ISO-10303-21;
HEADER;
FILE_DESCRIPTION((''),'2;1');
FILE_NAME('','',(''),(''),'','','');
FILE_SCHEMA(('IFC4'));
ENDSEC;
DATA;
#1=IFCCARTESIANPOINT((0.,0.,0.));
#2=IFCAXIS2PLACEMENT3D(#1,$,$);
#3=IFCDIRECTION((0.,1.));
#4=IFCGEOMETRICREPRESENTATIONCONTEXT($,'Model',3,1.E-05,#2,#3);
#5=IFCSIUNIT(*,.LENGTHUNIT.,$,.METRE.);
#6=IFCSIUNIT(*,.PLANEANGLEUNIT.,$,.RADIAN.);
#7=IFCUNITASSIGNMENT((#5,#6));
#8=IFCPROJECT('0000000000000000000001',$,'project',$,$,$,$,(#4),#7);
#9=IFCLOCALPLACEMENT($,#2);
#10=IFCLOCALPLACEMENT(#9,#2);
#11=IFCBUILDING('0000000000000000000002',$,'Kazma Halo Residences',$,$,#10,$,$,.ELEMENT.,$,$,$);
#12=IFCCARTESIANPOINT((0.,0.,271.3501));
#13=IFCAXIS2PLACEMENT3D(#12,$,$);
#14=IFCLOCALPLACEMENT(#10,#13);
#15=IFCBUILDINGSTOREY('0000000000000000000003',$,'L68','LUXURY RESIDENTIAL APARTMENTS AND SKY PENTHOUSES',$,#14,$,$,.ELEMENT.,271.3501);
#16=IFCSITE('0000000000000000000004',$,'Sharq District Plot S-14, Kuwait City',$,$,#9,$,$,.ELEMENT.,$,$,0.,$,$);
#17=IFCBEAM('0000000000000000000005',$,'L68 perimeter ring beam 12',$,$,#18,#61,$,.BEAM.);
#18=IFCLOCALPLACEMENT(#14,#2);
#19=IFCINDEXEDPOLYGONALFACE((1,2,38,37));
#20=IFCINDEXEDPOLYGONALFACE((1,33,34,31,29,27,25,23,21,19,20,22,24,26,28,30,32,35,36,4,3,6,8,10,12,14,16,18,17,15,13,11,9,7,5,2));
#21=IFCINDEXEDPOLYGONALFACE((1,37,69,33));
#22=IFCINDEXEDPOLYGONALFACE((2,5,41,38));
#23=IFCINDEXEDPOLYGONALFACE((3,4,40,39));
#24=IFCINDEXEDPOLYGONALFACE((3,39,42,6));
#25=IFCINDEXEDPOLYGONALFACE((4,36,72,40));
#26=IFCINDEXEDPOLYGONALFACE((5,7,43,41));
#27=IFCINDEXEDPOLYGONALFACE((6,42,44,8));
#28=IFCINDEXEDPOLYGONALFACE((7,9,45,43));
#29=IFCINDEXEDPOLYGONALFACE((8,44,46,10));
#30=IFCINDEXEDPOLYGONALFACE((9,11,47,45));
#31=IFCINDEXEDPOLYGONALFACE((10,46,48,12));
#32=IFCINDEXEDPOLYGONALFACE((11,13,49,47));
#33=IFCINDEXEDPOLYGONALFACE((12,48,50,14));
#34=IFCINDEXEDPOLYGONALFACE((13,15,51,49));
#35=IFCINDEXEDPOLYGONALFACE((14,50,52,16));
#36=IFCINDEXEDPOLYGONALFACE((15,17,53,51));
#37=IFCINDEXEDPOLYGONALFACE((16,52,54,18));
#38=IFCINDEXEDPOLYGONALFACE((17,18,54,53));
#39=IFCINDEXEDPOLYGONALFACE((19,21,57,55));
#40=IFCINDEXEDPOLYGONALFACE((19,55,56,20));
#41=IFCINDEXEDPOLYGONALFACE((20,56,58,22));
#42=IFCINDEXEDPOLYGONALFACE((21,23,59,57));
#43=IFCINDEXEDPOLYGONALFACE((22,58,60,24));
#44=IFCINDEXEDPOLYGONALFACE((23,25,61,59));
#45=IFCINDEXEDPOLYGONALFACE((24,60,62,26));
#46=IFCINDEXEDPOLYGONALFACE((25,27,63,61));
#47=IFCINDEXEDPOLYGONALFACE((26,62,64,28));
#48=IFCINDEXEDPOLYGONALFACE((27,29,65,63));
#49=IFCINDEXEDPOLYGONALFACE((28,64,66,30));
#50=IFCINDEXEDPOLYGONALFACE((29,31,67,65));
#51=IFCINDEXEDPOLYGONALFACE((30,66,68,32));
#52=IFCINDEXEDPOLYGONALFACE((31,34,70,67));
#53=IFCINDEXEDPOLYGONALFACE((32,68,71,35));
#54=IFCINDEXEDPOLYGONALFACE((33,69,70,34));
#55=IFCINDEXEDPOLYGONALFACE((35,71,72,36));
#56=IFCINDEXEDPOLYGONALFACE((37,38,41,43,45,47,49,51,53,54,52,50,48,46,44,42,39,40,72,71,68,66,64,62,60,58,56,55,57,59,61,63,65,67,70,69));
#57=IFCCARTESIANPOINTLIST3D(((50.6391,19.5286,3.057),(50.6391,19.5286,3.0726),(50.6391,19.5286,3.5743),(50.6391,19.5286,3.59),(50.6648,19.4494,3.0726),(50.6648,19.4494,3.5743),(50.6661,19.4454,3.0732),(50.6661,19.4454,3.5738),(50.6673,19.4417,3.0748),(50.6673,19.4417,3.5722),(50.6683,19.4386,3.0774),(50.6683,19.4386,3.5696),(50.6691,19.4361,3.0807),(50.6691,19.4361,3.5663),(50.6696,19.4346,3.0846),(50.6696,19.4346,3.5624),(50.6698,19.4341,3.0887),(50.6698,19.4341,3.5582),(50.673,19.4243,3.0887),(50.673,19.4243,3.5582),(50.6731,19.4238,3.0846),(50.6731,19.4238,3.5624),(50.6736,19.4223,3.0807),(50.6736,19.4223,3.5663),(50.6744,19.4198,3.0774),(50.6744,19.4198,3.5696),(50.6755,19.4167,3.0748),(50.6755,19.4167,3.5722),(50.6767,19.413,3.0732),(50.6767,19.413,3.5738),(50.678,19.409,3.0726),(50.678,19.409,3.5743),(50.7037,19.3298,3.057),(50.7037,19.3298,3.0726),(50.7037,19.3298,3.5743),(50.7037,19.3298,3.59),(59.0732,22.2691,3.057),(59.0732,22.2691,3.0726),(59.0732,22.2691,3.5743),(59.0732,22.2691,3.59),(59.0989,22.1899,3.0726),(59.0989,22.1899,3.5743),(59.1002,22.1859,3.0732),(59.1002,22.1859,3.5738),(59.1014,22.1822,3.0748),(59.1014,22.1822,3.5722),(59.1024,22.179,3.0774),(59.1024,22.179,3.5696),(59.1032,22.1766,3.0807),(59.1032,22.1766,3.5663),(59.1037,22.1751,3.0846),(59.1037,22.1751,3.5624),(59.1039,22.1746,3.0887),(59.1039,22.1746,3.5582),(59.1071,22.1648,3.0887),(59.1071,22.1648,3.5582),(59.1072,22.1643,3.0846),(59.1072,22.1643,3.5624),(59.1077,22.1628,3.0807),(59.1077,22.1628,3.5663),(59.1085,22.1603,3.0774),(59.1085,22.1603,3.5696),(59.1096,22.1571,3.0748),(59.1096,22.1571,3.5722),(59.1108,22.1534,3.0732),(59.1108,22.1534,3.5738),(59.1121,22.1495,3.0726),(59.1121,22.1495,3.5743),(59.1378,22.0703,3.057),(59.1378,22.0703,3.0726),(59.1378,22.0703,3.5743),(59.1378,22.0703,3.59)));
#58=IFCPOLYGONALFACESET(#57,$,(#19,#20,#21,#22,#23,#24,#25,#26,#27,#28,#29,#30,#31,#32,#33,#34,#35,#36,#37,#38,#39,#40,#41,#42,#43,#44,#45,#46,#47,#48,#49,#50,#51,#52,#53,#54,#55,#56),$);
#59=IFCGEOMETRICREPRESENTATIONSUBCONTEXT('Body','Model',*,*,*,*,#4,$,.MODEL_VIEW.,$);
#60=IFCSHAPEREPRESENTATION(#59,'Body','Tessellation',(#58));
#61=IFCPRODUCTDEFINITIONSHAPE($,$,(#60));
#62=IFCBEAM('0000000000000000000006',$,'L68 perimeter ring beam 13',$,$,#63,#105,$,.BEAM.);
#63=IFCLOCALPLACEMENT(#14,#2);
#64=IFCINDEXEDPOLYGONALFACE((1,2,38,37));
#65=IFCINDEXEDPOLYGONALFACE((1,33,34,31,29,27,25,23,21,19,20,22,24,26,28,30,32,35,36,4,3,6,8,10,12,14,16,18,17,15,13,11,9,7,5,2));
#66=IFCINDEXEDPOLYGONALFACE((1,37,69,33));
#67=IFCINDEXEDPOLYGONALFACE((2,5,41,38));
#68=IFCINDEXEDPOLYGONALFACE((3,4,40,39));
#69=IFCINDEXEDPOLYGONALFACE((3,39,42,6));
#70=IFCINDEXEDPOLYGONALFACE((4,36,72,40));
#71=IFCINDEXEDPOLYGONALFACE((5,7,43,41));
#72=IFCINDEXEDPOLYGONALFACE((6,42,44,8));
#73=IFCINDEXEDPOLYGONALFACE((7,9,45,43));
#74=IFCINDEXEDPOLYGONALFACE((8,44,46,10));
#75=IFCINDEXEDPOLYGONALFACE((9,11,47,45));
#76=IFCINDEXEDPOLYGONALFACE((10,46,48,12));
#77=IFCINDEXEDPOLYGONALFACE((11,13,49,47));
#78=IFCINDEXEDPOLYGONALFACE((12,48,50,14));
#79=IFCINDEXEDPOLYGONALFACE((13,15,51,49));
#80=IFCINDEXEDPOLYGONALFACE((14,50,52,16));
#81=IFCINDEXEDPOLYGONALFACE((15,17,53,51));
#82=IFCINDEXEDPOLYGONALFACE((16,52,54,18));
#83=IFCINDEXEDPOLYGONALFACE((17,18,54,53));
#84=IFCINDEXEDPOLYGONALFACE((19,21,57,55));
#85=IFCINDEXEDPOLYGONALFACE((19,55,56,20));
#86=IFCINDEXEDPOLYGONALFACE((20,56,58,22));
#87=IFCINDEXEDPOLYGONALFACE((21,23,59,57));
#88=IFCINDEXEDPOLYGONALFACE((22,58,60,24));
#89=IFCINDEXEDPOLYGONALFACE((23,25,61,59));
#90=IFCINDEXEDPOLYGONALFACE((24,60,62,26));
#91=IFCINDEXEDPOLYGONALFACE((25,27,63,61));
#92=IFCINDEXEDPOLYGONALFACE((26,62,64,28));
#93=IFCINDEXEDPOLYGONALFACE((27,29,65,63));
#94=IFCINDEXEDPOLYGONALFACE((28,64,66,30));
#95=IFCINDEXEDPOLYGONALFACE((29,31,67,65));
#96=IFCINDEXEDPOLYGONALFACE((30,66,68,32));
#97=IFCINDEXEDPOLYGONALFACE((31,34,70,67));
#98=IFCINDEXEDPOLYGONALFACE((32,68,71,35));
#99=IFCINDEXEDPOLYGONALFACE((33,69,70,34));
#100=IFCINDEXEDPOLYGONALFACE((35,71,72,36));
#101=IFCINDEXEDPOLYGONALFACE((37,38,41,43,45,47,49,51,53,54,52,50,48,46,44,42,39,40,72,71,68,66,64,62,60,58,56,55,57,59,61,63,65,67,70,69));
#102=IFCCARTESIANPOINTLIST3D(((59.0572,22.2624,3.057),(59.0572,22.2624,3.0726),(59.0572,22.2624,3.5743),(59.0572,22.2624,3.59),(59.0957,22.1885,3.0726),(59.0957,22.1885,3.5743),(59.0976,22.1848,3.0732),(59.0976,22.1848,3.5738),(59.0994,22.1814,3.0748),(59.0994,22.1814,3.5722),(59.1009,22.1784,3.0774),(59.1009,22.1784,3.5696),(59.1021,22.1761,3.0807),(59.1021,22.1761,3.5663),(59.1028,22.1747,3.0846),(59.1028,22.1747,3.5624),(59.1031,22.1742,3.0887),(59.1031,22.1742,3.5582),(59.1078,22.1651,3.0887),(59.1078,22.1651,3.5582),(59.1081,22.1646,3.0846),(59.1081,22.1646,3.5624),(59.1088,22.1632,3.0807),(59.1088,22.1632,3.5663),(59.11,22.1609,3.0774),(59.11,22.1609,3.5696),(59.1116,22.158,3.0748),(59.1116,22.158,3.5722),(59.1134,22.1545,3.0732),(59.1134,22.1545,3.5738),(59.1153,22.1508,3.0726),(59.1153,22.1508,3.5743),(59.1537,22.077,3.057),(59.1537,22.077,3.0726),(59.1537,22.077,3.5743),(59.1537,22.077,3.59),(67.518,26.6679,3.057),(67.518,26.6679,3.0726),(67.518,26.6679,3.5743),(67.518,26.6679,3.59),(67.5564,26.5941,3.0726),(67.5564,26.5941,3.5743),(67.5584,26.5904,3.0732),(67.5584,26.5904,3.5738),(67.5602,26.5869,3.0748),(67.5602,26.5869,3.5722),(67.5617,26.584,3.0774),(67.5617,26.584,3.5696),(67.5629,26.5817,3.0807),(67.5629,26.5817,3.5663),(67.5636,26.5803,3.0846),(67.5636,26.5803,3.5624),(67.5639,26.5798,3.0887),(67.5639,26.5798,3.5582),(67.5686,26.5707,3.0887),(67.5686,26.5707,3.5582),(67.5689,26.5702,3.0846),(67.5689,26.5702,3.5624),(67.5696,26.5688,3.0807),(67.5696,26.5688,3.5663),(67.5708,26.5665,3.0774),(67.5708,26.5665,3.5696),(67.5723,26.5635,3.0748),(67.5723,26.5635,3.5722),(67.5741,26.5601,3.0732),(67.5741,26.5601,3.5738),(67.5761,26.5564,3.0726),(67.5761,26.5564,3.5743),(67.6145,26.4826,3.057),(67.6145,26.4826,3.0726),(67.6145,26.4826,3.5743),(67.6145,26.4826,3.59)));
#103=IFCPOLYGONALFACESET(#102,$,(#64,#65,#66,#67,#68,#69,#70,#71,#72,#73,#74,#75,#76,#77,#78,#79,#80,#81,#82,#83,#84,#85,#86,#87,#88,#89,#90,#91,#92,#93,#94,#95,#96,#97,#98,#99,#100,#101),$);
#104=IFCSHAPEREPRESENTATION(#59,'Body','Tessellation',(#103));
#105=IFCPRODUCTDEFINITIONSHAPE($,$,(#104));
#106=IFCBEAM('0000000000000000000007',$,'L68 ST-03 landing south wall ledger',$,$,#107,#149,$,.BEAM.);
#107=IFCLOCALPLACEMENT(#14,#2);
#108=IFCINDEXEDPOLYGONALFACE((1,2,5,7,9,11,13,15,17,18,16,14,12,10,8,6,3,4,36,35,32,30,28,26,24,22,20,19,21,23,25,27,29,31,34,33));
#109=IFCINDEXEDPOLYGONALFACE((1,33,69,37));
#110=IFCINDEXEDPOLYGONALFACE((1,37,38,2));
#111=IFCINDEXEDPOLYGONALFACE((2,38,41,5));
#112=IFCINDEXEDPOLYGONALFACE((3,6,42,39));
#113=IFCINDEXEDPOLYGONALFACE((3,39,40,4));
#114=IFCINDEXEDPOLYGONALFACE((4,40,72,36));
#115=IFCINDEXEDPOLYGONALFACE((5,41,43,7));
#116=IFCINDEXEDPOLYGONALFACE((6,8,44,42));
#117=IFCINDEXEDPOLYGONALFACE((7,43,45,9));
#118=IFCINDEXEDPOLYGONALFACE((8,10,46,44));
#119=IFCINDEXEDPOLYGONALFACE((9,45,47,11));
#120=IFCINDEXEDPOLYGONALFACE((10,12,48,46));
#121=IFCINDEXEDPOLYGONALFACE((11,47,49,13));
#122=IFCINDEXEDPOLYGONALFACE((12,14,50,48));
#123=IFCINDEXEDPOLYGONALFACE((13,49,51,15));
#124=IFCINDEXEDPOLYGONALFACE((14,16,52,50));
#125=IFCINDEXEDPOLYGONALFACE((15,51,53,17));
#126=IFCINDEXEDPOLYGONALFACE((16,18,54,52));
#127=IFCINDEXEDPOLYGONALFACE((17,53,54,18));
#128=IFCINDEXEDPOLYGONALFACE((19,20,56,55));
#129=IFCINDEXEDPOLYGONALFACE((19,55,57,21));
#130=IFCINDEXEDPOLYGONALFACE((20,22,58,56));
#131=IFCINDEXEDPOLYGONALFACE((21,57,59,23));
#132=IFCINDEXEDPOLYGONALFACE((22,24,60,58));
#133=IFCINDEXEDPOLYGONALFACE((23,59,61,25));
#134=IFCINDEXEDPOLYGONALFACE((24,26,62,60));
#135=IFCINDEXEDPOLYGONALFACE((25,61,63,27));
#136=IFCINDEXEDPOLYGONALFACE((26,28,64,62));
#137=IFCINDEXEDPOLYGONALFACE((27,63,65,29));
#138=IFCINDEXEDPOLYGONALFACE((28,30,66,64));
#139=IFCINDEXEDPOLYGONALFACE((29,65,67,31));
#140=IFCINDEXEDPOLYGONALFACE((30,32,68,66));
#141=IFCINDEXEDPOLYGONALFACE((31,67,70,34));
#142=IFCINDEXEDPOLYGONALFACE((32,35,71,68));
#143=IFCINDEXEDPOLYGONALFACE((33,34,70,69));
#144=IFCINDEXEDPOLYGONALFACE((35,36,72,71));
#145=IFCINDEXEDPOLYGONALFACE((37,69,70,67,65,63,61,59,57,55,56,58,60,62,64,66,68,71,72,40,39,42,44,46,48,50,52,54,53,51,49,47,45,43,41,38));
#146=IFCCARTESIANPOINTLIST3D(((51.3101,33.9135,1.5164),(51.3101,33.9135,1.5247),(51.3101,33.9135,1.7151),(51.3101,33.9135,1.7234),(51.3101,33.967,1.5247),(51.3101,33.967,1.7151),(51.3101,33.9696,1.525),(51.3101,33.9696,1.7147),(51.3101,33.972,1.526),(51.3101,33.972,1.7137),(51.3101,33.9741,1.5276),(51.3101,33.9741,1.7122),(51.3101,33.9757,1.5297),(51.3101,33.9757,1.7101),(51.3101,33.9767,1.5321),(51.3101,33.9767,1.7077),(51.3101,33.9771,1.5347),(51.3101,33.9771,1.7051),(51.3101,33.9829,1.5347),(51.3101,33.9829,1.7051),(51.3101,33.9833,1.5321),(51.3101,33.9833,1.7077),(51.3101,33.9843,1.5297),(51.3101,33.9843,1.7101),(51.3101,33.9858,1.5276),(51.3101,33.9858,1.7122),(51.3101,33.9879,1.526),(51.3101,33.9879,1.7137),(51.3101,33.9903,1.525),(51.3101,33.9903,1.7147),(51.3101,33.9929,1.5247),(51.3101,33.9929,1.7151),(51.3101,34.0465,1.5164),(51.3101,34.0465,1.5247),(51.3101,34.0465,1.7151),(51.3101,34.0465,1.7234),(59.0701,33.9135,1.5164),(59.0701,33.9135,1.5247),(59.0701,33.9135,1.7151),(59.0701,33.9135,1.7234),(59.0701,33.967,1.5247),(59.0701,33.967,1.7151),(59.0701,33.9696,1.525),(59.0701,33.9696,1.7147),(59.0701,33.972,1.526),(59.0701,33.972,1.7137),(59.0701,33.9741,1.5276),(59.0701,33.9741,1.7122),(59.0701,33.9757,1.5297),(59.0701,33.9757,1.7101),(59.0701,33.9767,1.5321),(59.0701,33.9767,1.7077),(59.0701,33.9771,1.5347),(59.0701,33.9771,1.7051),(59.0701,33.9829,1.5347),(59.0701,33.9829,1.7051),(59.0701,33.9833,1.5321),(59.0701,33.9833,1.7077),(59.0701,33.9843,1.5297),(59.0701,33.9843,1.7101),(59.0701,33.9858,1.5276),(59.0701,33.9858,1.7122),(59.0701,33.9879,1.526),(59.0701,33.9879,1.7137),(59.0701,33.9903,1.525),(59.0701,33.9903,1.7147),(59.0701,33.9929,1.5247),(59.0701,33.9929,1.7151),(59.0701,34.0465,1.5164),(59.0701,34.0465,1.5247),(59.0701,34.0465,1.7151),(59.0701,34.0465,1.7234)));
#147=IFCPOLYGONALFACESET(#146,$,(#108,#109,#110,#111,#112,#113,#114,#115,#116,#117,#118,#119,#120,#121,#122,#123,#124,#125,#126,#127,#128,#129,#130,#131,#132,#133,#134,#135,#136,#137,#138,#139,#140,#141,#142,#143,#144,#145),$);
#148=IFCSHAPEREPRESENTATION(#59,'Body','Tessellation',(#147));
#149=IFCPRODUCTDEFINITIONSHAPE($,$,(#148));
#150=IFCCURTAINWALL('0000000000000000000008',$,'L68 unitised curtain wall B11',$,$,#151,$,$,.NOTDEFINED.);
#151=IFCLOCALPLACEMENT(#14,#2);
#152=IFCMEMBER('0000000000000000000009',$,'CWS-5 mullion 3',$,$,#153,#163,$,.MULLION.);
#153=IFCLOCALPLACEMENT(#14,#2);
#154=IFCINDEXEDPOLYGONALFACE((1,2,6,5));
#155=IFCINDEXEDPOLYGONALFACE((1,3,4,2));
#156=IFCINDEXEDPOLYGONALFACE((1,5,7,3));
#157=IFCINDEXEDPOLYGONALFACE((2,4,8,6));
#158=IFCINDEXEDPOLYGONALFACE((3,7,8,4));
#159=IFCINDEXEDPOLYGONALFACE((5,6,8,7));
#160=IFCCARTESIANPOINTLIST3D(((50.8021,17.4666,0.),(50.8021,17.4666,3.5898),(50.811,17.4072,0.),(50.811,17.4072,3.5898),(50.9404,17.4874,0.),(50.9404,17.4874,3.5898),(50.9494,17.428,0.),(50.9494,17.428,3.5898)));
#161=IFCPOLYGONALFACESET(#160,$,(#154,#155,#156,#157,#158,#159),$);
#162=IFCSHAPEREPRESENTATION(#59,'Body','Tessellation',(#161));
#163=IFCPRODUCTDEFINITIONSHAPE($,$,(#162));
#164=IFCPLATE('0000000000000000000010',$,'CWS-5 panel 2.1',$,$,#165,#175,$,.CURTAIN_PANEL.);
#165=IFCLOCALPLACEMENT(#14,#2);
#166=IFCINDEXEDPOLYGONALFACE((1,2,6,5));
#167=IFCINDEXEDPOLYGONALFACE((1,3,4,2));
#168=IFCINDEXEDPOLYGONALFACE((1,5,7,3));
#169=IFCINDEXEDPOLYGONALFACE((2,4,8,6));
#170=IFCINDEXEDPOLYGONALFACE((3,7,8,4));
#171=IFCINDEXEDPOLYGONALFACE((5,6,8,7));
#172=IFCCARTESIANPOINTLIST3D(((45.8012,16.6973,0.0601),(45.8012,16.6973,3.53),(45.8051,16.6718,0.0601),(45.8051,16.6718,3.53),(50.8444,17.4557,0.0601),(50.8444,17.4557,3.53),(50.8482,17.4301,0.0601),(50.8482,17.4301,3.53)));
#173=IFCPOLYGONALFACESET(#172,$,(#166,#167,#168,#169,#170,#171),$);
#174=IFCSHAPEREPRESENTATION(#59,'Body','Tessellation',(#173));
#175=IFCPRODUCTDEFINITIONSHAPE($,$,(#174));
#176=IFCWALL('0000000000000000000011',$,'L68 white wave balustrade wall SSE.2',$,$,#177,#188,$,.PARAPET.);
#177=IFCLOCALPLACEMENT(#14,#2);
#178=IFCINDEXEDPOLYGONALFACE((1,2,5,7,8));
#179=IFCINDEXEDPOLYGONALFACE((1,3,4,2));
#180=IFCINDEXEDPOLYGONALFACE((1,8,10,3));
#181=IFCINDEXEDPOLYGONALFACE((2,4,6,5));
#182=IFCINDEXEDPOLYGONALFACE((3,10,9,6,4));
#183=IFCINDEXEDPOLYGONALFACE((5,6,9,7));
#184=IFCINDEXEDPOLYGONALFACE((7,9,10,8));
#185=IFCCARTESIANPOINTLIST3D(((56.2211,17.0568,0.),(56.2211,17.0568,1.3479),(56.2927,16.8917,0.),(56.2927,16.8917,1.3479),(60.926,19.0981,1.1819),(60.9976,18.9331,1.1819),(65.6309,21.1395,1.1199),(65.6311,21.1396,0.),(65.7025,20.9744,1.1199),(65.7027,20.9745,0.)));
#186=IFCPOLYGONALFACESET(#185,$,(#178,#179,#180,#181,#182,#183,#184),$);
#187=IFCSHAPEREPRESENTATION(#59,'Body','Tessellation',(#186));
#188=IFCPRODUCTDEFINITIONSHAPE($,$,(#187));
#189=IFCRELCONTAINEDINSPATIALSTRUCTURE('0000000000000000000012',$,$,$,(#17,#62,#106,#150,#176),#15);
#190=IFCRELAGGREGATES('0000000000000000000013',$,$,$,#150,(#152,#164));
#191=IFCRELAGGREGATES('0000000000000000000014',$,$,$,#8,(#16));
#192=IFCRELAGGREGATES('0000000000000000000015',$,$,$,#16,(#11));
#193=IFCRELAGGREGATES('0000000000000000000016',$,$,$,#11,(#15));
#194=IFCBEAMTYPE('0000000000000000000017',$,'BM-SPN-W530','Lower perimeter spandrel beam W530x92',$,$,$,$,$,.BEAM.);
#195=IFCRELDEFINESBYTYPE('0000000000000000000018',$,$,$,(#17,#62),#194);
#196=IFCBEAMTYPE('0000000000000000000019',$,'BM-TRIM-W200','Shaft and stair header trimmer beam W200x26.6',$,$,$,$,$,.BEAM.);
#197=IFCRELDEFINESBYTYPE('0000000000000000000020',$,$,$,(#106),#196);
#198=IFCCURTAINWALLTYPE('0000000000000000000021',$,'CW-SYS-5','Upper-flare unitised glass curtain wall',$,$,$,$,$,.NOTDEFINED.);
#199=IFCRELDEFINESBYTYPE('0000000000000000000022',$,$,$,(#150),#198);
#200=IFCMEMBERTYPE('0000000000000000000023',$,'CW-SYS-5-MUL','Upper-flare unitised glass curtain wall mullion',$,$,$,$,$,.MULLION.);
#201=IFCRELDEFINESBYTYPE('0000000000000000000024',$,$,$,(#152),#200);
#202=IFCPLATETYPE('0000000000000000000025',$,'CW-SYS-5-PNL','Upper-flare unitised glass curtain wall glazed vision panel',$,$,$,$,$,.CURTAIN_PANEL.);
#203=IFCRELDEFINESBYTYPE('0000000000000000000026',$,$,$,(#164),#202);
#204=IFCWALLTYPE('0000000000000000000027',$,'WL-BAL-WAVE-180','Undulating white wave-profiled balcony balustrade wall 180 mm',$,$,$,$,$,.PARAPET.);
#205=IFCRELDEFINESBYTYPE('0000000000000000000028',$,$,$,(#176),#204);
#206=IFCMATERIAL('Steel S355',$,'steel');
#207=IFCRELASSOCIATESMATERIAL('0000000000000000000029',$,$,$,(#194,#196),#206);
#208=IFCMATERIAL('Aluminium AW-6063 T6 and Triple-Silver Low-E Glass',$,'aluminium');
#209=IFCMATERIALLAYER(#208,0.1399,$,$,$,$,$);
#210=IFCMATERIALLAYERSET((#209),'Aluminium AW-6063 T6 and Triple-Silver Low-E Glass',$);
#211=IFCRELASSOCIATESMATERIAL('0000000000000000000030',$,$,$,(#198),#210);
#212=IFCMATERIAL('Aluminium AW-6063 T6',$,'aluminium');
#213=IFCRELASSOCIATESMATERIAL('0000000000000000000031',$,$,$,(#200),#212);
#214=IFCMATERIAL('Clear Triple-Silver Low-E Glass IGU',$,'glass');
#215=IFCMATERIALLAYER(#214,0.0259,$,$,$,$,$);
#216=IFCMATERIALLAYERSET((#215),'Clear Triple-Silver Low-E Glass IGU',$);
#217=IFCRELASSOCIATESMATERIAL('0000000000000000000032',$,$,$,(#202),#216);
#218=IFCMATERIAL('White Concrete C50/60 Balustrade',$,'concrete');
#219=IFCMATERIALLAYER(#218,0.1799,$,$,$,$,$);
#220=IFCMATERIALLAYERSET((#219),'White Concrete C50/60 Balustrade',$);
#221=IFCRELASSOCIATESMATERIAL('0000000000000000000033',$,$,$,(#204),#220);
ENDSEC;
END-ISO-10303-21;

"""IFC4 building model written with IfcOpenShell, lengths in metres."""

from ifc_helpers import new_model, si_unit, direction, frame, origin, origin_2d, place, context, subcontext, project, spatial, polyline, rectangle, i_section, outline, extrude, material, layer, layer_set, material_profile, profile_set, type_object, element, aggregate, save


model = new_model("IFC4")

# Units and contexts
model_context = context("Model", 3, precision=1e-05, world=origin(), true_north=direction((0.0, 1.0)))
body_context = subcontext(model_context, "Body", "Model", "MODEL_VIEW")
ifc_project = project(units=[si_unit("LENGTHUNIT", "METRE"), si_unit("PLANEANGLEUNIT", "RADIAN")], contexts=[model_context])

# Site, building, storey
site_placement = place(None, origin())
site = spatial("IfcSite", under=ifc_project, at=site_placement, Name="Sharq District Plot S-14, Kuwait City", CompositionType="ELEMENT", RefElevation=0.0)
building_placement = place(site_placement, origin())
building = spatial("IfcBuilding", under=site, at=building_placement, Name="Kazma Halo Residences", CompositionType="ELEMENT")
storey_placement = place(building_placement, frame((0.0, 0.0, 271.3501)))
storey = spatial("IfcBuildingStorey", under=building, at=storey_placement, Name="L68", Description="LUXURY RESIDENTIAL APARTMENTS AND SKY PENTHOUSES", CompositionType="ELEMENT", Elevation=271.3501)

# Beams
ifc_material_1 = material(Name="Steel S355", Category="steel")
ifc_material_profile_1 = material_profile(ifc_material_1, i_section(OverallWidth=0.209, OverallDepth=0.533, WebThickness=0.0103, FlangeThickness=0.0156, FilletRadius=0.0161, at=origin_2d()), Name="W530x92")
ifc_profile_set_1 = profile_set([ifc_material_profile_1], Name="Steel S355")
beam_type_1 = type_object("IfcBeamType", Name="BM-SPN-W530", Description="Lower perimeter spandrel beam W530x92", PredefinedType="BEAM", material=ifc_profile_set_1)
beam_1_placement = place(storey_placement, frame((50.6714, 19.4292, 3.3235), z_axis=(0.951054, 0.309025, 0.0), x_axis=(-0.309025, 0.951054, 0.0)))
element("IfcBeam", 1, at=beam_1_placement, inside=storey, type_object=beam_type_1, Name="L68 perimeter ring beam 12", PredefinedType="BEAM", context=body_context, shape_type="SweptSolid", body=[
    extrude(i_section(OverallWidth=0.209, OverallDepth=0.533, WebThickness=0.0103, FlangeThickness=0.0156, FilletRadius=0.0161, at=origin_2d()), origin(), (0.0, 0.0, 1.0), 8.8682),
])
beam_2_placement = place(storey_placement, frame((59.1055, 22.1697, 3.3235), z_axis=(0.886961, 0.461844, 0.0), x_axis=(-0.461844, 0.886961, 0.0)))
element("IfcBeam", 2, at=beam_2_placement, inside=storey, type_object=beam_type_1, Name="L68 perimeter ring beam 13", PredefinedType="BEAM", context=body_context, shape_type="SweptSolid", body=[
    extrude(i_section(OverallWidth=0.209, OverallDepth=0.533, WebThickness=0.0103, FlangeThickness=0.0156, FilletRadius=0.0161, at=origin_2d()), origin(), (0.0, 0.0, 1.0), 9.5391),
])
ifc_material_profile_2 = material_profile(ifc_material_1, i_section(OverallWidth=0.1331, OverallDepth=0.207, WebThickness=0.0059, FlangeThickness=0.0083, FilletRadius=0.01, at=origin_2d()), Name="W200x26.6")
ifc_profile_set_2 = profile_set([ifc_material_profile_2], Name="Steel S355")
beam_type_2 = type_object("IfcBeamType", Name="BM-TRIM-W200", Description="Shaft and stair header trimmer beam W200x26.6", PredefinedType="BEAM", material=ifc_profile_set_2)
beam_3_placement = place(storey_placement, frame((51.3101, 33.98, 1.6199), z_axis=(1.0, 0.0, 0.0), x_axis=(0.0, 1.0, 0.0)))
element("IfcBeam", 3, at=beam_3_placement, inside=storey, type_object=beam_type_2, Name="L68 ST-03 landing south wall ledger", PredefinedType="BEAM", context=body_context, shape_type="SweptSolid", body=[
    extrude(i_section(OverallWidth=0.1331, OverallDepth=0.207, WebThickness=0.0059, FlangeThickness=0.0083, FilletRadius=0.01, at=origin_2d()), origin(), (0.0, 0.0, 1.0), 7.76),
])

# Curtain wall, member, plate
ifc_material_2 = material(Name="Aluminium AW-6063 T6 and Triple-Silver Low-E Glass", Category="aluminium")
ifc_layer_1 = layer(ifc_material_2, 0.1399)
ifc_layer_set_1 = layer_set([ifc_layer_1], Name="Aluminium AW-6063 T6 and Triple-Silver Low-E Glass")
curtain_wall_type = type_object("IfcCurtainWallType", Name="CW-SYS-5", Description="Upper-flare unitised glass curtain wall", PredefinedType="NOTDEFINED", material=ifc_layer_set_1)
curtain_wall_placement = place(storey_placement, origin())
curtain_wall = element("IfcCurtainWall", 4, at=curtain_wall_placement, inside=storey, type_object=curtain_wall_type, Name="L68 unitised curtain wall B11", PredefinedType="NOTDEFINED")
ifc_material_3 = material(Name="Aluminium AW-6063 T6", Category="aluminium")
ifc_material_profile_3 = material_profile(ifc_material_3, rectangle(XDim=0.0601, YDim=0.1399, at=origin_2d()), Name="CWM-60x140")
ifc_profile_set_3 = profile_set([ifc_material_profile_3], Name="Aluminium AW-6063 T6")
member_type = type_object("IfcMemberType", Name="CW-SYS-5-MUL", Description="Upper-flare unitised glass curtain wall mullion", PredefinedType="MULLION", material=ifc_profile_set_3)
member_placement = place(storey_placement, frame((50.8757, 17.4473, 0.0), z_axis=(0.0, 0.0, 1.0), x_axis=(-0.148697, 0.988883, 0.0)))
member = element("IfcMember", 5, at=member_placement, type_object=member_type, Name="CWS-5 mullion 3", PredefinedType="MULLION", context=body_context, shape_type="SweptSolid", body=[
    extrude(rectangle(XDim=0.0601, YDim=0.1399, at=origin_2d()), origin(), (0.0, 0.0, 1.0), 3.5898),
])
ifc_material_4 = material(Name="Clear Triple-Silver Low-E Glass IGU", Category="glass")
ifc_layer_2 = layer(ifc_material_4, 0.0259)
ifc_layer_set_2 = layer_set([ifc_layer_2], Name="Clear Triple-Silver Low-E Glass IGU")
plate_type = type_object("IfcPlateType", Name="CW-SYS-5-PNL", Description="Upper-flare unitised glass curtain wall glazed vision panel", PredefinedType="CURTAIN_PANEL", material=ifc_layer_set_2)
plate_placement = place(storey_placement, frame((48.3247, 17.0637, 0.0601), z_axis=(0.0, 0.0, 1.0), x_axis=(0.988883, 0.148697, 0.0)))
plate = element("IfcPlate", 6, at=plate_placement, type_object=plate_type, Name="CWS-5 panel 2.1", PredefinedType="CURTAIN_PANEL", context=body_context, shape_type="SweptSolid", body=[
    extrude(rectangle(XDim=5.0999, YDim=0.0259, at=origin_2d()), origin(), (0.0, 0.0, 1.0), 3.47),
])
aggregate(curtain_wall, [member, plate])

# Wall
ifc_material_5 = material(Name="White Concrete C50/60 Balustrade", Category="concrete")
ifc_layer_3 = layer(ifc_material_5, 0.1799)
ifc_layer_set_3 = layer_set([ifc_layer_3], Name="White Concrete C50/60 Balustrade")
wall_type_1 = type_object("IfcWallType", Name="WL-BAL-WAVE-180", Description="Undulating white wave-profiled balcony balustrade wall 180 mm", PredefinedType="PARAPET", material=ifc_layer_set_3)
wall_1_placement = place(storey_placement, frame((56.2568, 16.9744, 0.0), z_axis=(0.0, 0.0, 1.0), x_axis=(0.917373, 0.398029, 0.0)))
element("IfcWall", 7, at=wall_1_placement, inside=storey, type_object=wall_type_1, Name="L68 white wave balustrade wall SSE.2", PredefinedType="PARAPET", context=body_context, shape_type="SweptSolid", body=[
    extrude(outline(polyline([(0.0, 0.0), (10.2576, 0.0), (10.2573, 1.1199), (5.1287, 1.1819), (0.0, 1.3479), (0.0, 0.0)])), frame((0.0, 0.0898, 0.0), z_axis=(0.0, -1.0, 0.0), x_axis=(1.0, 0.0, 0.0)), (0.0, 0.0, 1.0), 0.1799),
])

save(model, "model.ifc")
